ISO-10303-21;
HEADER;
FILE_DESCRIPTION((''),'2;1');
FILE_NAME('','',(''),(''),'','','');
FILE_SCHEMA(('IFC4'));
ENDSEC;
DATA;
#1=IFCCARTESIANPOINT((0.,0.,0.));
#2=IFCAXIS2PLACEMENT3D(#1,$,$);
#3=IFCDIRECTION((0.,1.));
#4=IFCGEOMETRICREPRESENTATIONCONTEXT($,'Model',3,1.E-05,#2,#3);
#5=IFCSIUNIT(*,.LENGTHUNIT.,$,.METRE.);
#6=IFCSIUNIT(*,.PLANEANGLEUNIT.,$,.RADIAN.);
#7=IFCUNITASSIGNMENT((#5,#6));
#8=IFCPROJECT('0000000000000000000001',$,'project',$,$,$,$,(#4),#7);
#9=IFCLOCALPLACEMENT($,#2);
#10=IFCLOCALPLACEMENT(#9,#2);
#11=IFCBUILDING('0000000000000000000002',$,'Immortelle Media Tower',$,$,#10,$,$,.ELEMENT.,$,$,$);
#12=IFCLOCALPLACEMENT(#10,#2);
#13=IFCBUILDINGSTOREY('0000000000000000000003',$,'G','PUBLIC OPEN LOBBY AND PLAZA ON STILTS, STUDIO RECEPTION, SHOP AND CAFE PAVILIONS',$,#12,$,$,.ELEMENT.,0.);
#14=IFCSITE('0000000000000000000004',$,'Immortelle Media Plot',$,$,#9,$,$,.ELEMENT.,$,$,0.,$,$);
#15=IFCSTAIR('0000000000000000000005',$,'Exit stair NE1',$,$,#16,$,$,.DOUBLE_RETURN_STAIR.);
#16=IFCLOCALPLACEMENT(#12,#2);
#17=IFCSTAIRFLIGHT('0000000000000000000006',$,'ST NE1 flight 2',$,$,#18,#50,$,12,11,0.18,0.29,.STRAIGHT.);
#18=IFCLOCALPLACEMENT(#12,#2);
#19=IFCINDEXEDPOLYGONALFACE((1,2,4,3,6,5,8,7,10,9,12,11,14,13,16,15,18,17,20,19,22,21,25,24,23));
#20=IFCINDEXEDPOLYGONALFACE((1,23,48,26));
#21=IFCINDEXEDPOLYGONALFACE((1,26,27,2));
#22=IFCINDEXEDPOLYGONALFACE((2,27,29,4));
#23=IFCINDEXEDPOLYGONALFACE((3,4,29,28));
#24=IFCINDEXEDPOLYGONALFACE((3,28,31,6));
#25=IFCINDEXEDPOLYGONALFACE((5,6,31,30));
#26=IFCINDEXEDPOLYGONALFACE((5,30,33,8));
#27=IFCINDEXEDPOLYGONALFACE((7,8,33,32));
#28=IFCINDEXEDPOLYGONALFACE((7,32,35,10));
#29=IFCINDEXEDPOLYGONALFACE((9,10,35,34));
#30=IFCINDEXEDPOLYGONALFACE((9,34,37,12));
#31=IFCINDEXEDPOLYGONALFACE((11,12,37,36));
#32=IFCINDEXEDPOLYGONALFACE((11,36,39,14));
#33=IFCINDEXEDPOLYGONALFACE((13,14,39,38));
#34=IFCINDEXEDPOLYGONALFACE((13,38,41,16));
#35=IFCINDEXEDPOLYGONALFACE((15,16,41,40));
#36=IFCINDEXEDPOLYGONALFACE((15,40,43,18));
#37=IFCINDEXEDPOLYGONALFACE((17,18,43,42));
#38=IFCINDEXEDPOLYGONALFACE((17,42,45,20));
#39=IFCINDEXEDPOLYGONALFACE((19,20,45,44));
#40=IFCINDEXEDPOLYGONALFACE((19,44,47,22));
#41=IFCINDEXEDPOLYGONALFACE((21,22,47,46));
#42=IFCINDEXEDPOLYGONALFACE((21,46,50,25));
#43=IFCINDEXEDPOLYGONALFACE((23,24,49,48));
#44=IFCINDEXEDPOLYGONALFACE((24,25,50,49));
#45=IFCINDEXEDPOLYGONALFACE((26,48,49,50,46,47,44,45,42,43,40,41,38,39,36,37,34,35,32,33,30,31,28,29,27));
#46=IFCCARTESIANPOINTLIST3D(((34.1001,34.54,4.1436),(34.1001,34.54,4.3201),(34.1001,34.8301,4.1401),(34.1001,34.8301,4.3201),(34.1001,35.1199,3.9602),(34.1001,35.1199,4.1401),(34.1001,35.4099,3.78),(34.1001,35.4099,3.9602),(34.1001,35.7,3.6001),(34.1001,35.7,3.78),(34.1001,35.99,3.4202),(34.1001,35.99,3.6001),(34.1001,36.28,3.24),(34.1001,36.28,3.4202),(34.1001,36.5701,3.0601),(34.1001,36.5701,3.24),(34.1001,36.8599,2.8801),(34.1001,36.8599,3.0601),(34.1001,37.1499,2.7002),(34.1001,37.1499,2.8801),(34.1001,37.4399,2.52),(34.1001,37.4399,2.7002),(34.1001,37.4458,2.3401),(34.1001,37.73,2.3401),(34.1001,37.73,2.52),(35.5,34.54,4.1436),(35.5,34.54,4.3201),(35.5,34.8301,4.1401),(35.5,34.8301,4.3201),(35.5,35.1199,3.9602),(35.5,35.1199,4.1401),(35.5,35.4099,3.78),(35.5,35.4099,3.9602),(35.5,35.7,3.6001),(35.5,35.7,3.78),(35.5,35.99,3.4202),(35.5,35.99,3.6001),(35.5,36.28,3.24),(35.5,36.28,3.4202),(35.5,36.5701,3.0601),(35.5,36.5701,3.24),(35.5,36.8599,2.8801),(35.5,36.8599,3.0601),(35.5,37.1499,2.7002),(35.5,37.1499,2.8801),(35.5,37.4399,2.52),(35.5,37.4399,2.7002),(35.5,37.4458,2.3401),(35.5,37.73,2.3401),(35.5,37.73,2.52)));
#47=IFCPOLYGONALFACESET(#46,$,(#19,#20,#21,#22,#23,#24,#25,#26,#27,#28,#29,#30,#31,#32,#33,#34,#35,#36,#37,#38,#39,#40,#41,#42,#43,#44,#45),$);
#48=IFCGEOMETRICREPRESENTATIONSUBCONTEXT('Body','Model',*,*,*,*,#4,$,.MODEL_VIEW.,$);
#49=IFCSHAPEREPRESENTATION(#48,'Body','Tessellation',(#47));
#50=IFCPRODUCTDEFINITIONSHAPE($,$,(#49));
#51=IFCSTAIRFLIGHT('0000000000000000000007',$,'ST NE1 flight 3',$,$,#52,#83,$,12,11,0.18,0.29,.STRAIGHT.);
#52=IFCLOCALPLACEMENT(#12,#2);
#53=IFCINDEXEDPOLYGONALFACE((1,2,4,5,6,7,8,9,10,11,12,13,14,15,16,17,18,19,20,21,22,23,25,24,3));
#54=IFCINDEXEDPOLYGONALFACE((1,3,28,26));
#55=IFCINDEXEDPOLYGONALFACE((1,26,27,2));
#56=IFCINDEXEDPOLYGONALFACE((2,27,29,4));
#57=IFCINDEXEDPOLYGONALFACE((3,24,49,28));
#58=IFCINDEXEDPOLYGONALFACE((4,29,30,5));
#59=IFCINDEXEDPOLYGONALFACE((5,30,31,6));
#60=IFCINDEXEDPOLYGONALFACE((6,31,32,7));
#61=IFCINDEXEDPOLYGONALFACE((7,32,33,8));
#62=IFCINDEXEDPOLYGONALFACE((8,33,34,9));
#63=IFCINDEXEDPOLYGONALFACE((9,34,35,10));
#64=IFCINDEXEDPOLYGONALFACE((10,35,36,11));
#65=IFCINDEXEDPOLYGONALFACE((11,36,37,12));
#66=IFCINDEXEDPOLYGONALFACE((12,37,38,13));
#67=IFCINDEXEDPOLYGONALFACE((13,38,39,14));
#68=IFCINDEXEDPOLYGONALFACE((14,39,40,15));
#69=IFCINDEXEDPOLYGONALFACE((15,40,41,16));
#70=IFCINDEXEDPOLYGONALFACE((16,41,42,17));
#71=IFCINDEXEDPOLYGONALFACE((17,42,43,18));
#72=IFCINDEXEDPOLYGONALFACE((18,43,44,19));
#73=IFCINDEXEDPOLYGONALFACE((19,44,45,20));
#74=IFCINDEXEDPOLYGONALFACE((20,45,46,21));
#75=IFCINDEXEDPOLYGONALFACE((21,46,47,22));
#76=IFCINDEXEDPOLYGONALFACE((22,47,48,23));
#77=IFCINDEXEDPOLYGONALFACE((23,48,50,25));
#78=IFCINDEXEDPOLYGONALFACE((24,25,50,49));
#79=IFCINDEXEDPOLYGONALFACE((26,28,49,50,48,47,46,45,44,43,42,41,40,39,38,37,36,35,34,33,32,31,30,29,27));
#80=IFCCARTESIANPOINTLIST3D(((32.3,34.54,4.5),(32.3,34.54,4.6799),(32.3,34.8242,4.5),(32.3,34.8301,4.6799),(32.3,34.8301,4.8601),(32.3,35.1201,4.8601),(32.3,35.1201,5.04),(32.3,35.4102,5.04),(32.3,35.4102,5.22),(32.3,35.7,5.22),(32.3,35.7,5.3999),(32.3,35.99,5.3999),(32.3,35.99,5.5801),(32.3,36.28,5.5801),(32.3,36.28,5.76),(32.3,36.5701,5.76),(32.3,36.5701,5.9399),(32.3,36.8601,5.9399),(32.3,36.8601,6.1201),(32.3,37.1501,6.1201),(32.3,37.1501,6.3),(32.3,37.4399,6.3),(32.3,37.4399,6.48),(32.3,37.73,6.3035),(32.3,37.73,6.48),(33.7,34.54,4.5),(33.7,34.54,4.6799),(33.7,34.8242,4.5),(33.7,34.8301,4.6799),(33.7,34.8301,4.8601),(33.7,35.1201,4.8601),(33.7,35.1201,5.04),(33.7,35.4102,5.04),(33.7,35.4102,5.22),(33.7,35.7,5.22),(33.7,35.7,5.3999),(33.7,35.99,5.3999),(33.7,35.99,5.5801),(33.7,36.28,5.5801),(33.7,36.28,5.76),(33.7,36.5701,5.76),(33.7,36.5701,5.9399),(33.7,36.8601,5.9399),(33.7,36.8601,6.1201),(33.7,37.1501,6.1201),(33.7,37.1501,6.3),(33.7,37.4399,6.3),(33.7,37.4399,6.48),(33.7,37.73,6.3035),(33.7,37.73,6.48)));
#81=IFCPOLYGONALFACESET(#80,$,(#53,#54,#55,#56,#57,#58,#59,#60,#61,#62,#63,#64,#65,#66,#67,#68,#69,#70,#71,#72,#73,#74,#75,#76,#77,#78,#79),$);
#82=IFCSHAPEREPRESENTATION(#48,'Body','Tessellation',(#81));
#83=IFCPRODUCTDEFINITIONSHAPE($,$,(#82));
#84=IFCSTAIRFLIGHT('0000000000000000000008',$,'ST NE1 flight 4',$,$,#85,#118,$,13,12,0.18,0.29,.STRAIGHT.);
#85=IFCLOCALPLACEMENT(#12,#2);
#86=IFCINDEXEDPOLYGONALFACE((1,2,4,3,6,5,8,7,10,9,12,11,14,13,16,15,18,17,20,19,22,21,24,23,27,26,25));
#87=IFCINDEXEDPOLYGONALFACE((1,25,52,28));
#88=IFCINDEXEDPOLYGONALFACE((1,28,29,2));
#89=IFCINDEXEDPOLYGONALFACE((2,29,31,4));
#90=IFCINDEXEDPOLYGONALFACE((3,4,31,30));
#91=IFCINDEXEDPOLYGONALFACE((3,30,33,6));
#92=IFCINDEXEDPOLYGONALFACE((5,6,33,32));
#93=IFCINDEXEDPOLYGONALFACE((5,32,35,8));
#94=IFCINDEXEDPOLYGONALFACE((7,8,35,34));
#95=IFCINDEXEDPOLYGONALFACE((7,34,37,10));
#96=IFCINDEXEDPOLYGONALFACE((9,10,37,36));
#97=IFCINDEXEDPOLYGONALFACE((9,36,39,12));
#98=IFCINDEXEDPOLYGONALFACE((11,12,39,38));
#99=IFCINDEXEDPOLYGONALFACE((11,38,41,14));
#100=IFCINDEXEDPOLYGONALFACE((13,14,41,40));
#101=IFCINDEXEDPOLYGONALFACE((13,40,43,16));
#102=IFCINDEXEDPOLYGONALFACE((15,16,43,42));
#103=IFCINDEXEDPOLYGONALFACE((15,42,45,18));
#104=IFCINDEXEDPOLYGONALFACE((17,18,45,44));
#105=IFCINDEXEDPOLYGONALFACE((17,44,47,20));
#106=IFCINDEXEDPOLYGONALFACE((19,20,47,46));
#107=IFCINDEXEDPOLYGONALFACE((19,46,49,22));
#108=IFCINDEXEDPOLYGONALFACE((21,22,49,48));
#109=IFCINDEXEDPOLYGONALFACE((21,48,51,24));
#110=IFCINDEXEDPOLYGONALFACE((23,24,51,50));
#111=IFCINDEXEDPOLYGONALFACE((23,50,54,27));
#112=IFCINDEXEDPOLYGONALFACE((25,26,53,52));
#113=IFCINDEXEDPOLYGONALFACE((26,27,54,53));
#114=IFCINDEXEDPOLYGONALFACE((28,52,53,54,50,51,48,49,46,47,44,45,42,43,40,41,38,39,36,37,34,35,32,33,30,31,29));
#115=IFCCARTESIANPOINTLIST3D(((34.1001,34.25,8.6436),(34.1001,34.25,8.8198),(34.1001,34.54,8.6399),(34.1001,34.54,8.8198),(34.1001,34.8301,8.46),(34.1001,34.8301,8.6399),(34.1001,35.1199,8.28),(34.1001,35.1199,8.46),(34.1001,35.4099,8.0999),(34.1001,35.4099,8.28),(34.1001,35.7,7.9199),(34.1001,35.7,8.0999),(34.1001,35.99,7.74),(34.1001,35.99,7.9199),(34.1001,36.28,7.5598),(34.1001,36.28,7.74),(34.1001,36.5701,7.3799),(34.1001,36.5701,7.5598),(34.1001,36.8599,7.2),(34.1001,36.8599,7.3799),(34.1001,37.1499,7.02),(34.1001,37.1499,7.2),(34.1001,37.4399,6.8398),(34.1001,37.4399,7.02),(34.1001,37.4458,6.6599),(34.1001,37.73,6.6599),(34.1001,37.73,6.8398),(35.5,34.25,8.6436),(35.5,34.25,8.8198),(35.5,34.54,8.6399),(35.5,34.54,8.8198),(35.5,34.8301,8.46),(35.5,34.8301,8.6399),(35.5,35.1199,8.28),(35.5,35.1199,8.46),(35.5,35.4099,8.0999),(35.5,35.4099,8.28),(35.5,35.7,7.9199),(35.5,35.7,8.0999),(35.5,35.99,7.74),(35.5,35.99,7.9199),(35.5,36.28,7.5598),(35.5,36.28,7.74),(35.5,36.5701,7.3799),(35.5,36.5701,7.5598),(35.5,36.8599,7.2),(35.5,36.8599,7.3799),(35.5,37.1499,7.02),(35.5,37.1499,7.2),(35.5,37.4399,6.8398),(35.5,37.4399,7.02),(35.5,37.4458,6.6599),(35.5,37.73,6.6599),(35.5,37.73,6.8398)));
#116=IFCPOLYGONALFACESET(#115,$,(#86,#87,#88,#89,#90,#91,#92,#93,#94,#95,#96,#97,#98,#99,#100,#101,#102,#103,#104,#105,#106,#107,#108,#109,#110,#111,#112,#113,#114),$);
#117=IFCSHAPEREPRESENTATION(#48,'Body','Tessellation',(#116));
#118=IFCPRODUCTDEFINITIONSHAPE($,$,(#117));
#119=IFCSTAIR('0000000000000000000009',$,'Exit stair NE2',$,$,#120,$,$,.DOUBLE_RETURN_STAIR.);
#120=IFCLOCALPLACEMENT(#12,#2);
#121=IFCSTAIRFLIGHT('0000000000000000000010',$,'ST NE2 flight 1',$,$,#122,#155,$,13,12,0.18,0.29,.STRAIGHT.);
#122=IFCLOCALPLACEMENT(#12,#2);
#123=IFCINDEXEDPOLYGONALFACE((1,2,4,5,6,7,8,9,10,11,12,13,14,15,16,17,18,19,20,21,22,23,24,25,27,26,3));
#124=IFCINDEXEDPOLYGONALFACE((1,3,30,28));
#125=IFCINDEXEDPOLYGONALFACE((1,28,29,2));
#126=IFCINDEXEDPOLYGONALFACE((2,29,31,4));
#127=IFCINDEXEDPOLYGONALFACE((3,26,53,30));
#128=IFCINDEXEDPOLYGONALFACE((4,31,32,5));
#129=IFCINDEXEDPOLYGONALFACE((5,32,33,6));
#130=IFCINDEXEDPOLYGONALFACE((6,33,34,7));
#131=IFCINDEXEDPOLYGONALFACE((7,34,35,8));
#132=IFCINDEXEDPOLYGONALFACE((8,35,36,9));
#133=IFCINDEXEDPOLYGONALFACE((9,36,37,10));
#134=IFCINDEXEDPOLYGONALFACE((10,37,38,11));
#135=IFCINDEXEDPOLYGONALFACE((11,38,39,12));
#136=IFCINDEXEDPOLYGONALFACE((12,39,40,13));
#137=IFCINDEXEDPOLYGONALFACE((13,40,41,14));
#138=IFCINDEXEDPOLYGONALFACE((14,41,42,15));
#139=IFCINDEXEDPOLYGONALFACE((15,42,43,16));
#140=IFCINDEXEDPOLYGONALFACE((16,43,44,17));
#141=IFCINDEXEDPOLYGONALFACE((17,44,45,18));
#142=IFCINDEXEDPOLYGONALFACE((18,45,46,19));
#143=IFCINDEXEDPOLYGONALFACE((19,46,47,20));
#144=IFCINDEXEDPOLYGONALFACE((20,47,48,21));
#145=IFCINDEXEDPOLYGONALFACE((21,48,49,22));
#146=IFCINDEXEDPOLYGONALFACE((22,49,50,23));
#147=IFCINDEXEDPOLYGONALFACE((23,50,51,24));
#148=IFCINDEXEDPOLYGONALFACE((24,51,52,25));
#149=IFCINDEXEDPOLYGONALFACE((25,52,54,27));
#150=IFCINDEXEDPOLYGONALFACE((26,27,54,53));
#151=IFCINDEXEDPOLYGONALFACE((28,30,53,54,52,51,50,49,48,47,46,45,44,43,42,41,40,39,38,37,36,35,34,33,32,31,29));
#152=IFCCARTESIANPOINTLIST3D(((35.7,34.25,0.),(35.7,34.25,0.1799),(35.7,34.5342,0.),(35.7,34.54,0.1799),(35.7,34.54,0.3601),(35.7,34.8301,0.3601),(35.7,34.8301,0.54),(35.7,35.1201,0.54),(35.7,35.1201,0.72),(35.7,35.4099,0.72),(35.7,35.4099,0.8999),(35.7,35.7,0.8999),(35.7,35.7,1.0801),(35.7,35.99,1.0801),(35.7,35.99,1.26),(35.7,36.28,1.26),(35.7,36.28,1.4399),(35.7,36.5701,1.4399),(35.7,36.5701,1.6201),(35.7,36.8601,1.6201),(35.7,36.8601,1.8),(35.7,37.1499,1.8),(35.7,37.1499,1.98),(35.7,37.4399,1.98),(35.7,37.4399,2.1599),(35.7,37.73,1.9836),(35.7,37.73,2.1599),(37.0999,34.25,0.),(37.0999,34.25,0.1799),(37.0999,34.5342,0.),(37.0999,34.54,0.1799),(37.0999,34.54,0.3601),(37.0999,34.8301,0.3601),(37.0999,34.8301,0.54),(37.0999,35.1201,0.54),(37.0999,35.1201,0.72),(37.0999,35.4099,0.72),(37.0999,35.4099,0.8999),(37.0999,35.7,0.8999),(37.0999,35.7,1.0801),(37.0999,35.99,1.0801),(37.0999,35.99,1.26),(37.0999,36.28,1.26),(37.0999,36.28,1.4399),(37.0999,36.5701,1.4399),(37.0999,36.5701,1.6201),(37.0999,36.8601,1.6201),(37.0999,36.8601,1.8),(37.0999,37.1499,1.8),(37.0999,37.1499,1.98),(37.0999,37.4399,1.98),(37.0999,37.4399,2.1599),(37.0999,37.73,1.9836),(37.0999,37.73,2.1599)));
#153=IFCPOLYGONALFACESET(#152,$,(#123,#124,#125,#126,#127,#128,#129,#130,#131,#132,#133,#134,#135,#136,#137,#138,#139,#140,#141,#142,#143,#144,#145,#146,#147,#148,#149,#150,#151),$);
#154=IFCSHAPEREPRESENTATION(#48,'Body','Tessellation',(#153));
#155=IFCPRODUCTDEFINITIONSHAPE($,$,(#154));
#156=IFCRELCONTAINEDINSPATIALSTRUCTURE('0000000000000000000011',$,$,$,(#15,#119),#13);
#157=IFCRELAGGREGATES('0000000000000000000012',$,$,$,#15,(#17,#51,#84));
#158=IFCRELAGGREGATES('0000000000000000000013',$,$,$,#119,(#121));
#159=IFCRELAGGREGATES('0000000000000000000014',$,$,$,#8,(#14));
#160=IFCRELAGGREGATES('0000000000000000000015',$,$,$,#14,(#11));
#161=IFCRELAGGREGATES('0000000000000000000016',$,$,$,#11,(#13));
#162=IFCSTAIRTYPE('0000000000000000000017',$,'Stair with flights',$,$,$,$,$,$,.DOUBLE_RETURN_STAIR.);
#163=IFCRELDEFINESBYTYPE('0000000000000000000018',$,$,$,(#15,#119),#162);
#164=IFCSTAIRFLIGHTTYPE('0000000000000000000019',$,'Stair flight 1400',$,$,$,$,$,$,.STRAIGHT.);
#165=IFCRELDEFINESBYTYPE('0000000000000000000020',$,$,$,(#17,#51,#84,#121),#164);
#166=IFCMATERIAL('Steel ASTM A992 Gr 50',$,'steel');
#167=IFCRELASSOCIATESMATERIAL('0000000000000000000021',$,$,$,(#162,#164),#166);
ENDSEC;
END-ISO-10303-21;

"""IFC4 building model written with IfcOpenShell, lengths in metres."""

from ifc_helpers import new_model, si_unit, direction, frame, origin, place, context, subcontext, project, spatial, polyline, outline, extrude, material, type_object, element, aggregate, save


model = new_model("IFC4")

# Units and contexts
model_context = context("Model", 3, precision=1e-05, world=origin(), true_north=direction((0.0, 1.0)))
body_context = subcontext(model_context, "Body", "Model", "MODEL_VIEW")
ifc_project = project(units=[si_unit("LENGTHUNIT", "METRE"), si_unit("PLANEANGLEUNIT", "RADIAN")], contexts=[model_context])

# Site, building, storey
site_placement = place(None, origin())
site = spatial("IfcSite", under=ifc_project, at=site_placement, Name="Immortelle Media Plot", CompositionType="ELEMENT", RefElevation=0.0)
building_placement = place(site_placement, origin())
building = spatial("IfcBuilding", under=site, at=building_placement, Name="Immortelle Media Tower", CompositionType="ELEMENT")
storey_placement = place(building_placement, origin())
storey = spatial("IfcBuildingStorey", under=building, at=storey_placement, Name="G", Description="PUBLIC OPEN LOBBY AND PLAZA ON STILTS, STUDIO RECEPTION, SHOP AND CAFE PAVILIONS", CompositionType="ELEMENT", Elevation=0.0)

# Shared definitions
ifc_material_1 = material(Name="Steel ASTM A992 Gr 50", Category="steel")

# Stairs, stair flights
stair_type = type_object("IfcStairType", Name="Stair with flights", PredefinedType="DOUBLE_RETURN_STAIR", material=ifc_material_1)
stair_1_placement = place(storey_placement, origin())
stair_1 = element("IfcStair", 1, at=stair_1_placement, inside=storey, type_object=stair_type, Name="Exit stair NE1", PredefinedType="DOUBLE_RETURN_STAIR")
stair_flight_type = type_object("IfcStairFlightType", Name="Stair flight 1400", PredefinedType="STRAIGHT", material=ifc_material_1)
stair_flight_1_placement = place(storey_placement, frame((34.8, 37.73, 2.3401), z_axis=(0.0, 0.0, 1.0), x_axis=(0.0, -1.0, 0.0)))
stair_flight_1 = element("IfcStairFlight", 2, at=stair_flight_1_placement, type_object=stair_flight_type, Name="ST NE1 flight 2", NumberOfRisers=12, NumberOfTreads=11, PredefinedType="STRAIGHT", RiserHeight=0.18, TreadLength=0.29, context=body_context, shape_type="SweptSolid", body=[
    extrude(outline(polyline([(0.0, 0.0), (0.0, 0.1799), (0.29, 0.1799), (0.29, 0.3601), (0.5801, 0.3601), (0.5801, 0.54), (0.8701, 0.54), (0.8701, 0.72), (1.1599, 0.72), (1.1599, 0.8999), (1.45, 0.8999), (1.45, 1.0801), (1.74, 1.0801), (1.74, 1.26), (2.03, 1.26), (2.03, 1.4399), (2.3201, 1.4399), (2.3201, 1.6201), (2.6101, 1.6201), (2.6101, 1.8), (2.8999, 1.8), (2.8999, 1.98), (3.1899, 1.98), (3.1899, 2.1599), (3.1899, 1.8035), (0.2842, 0.0), (0.0, 0.0)])), frame((0.0, 0.7, 0.0), z_axis=(0.0, -1.0, 0.0), x_axis=(1.0, 0.0, 0.0)), (0.0, 0.0, 1.0), 1.3999),
])
stair_flight_2_placement = place(storey_placement, frame((33.0, 34.54, 4.5), z_axis=(0.0, 0.0, 1.0), x_axis=(0.0, 1.0, 0.0)))
stair_flight_2 = element("IfcStairFlight", 3, at=stair_flight_2_placement, type_object=stair_flight_type, Name="ST NE1 flight 3", NumberOfRisers=12, NumberOfTreads=11, PredefinedType="STRAIGHT", RiserHeight=0.18, TreadLength=0.29, context=body_context, shape_type="SweptSolid", body=[
    extrude(outline(polyline([(0.0, 0.0), (0.0, 0.1799), (0.29, 0.1799), (0.29, 0.3601), (0.5801, 0.3601), (0.5801, 0.54), (0.8701, 0.54), (0.8701, 0.72), (1.1599, 0.72), (1.1599, 0.8999), (1.45, 0.8999), (1.45, 1.0801), (1.74, 1.0801), (1.74, 1.26), (2.03, 1.26), (2.03, 1.4399), (2.3201, 1.4399), (2.3201, 1.6201), (2.6101, 1.6201), (2.6101, 1.8), (2.8999, 1.8), (2.8999, 1.98), (3.1899, 1.98), (3.1899, 2.1599), (3.1899, 1.8035), (0.2842, 0.0), (0.0, 0.0)])), frame((0.0, 0.7, 0.0), z_axis=(0.0, -1.0, 0.0), x_axis=(1.0, 0.0, 0.0)), (0.0, 0.0, 1.0), 1.3999),
])
stair_flight_3_placement = place(storey_placement, frame((34.8, 37.73, 6.6599), z_axis=(0.0, 0.0, 1.0), x_axis=(0.0, -1.0, 0.0)))
stair_flight_3 = element("IfcStairFlight", 4, at=stair_flight_3_placement, type_object=stair_flight_type, Name="ST NE1 flight 4", NumberOfRisers=13, NumberOfTreads=12, PredefinedType="STRAIGHT", RiserHeight=0.18, TreadLength=0.29, context=body_context, shape_type="SweptSolid", body=[
    extrude(outline(polyline([(0.0, 0.0), (0.0, 0.1799), (0.29, 0.1799), (0.29, 0.3601), (0.5801, 0.3601), (0.5801, 0.54), (0.8701, 0.54), (0.8701, 0.72), (1.1599, 0.72), (1.1599, 0.8999), (1.45, 0.8999), (1.45, 1.0801), (1.74, 1.0801), (1.74, 1.26), (2.03, 1.26), (2.03, 1.4399), (2.3201, 1.4399), (2.3201, 1.6201), (2.6101, 1.6201), (2.6101, 1.8), (2.8999, 1.8), (2.8999, 1.98), (3.1899, 1.98), (3.1899, 2.1599), (3.48, 2.1599), (3.48, 2.3401), (3.48, 1.9836), (0.2842, 0.0), (0.0, 0.0)])), frame((0.0, 0.7, 0.0), z_axis=(0.0, -1.0, 0.0), x_axis=(1.0, 0.0, 0.0)), (0.0, 0.0, 1.0), 1.3999),
])
aggregate(stair_1, [stair_flight_1, stair_flight_2, stair_flight_3])
stair_2_placement = place(storey_placement, origin())
stair_2 = element("IfcStair", 5, at=stair_2_placement, inside=storey, type_object=stair_type, Name="Exit stair NE2", PredefinedType="DOUBLE_RETURN_STAIR")
stair_flight_4_placement = place(storey_placement, frame((36.3999, 34.25, 0.0), z_axis=(0.0, 0.0, 1.0), x_axis=(0.0, 1.0, 0.0)))
stair_flight_4 = element("IfcStairFlight", 6, at=stair_flight_4_placement, type_object=stair_flight_type, Name="ST NE2 flight 1", NumberOfRisers=13, NumberOfTreads=12, PredefinedType="STRAIGHT", RiserHeight=0.18, TreadLength=0.29, context=body_context, shape_type="SweptSolid", body=[
    extrude(outline(polyline([(0.0, 0.0), (0.0, 0.1799), (0.29, 0.1799), (0.29, 0.3601), (0.5801, 0.3601), (0.5801, 0.54), (0.8701, 0.54), (0.8701, 0.72), (1.1599, 0.72), (1.1599, 0.8999), (1.45, 0.8999), (1.45, 1.0801), (1.74, 1.0801), (1.74, 1.26), (2.03, 1.26), (2.03, 1.4399), (2.3201, 1.4399), (2.3201, 1.6201), (2.6101, 1.6201), (2.6101, 1.8), (2.8999, 1.8), (2.8999, 1.98), (3.1899, 1.98), (3.1899, 2.1599), (3.48, 2.1599), (3.48, 2.3401), (3.48, 1.9836), (0.2842, 0.0), (0.0, 0.0)])), frame((0.0, 0.7, 0.0), z_axis=(0.0, -1.0, 0.0), x_axis=(1.0, 0.0, 0.0)), (0.0, 0.0, 1.0), 1.3999),
])
aggregate(stair_2, [stair_flight_4])

save(model, "model.ifc")
